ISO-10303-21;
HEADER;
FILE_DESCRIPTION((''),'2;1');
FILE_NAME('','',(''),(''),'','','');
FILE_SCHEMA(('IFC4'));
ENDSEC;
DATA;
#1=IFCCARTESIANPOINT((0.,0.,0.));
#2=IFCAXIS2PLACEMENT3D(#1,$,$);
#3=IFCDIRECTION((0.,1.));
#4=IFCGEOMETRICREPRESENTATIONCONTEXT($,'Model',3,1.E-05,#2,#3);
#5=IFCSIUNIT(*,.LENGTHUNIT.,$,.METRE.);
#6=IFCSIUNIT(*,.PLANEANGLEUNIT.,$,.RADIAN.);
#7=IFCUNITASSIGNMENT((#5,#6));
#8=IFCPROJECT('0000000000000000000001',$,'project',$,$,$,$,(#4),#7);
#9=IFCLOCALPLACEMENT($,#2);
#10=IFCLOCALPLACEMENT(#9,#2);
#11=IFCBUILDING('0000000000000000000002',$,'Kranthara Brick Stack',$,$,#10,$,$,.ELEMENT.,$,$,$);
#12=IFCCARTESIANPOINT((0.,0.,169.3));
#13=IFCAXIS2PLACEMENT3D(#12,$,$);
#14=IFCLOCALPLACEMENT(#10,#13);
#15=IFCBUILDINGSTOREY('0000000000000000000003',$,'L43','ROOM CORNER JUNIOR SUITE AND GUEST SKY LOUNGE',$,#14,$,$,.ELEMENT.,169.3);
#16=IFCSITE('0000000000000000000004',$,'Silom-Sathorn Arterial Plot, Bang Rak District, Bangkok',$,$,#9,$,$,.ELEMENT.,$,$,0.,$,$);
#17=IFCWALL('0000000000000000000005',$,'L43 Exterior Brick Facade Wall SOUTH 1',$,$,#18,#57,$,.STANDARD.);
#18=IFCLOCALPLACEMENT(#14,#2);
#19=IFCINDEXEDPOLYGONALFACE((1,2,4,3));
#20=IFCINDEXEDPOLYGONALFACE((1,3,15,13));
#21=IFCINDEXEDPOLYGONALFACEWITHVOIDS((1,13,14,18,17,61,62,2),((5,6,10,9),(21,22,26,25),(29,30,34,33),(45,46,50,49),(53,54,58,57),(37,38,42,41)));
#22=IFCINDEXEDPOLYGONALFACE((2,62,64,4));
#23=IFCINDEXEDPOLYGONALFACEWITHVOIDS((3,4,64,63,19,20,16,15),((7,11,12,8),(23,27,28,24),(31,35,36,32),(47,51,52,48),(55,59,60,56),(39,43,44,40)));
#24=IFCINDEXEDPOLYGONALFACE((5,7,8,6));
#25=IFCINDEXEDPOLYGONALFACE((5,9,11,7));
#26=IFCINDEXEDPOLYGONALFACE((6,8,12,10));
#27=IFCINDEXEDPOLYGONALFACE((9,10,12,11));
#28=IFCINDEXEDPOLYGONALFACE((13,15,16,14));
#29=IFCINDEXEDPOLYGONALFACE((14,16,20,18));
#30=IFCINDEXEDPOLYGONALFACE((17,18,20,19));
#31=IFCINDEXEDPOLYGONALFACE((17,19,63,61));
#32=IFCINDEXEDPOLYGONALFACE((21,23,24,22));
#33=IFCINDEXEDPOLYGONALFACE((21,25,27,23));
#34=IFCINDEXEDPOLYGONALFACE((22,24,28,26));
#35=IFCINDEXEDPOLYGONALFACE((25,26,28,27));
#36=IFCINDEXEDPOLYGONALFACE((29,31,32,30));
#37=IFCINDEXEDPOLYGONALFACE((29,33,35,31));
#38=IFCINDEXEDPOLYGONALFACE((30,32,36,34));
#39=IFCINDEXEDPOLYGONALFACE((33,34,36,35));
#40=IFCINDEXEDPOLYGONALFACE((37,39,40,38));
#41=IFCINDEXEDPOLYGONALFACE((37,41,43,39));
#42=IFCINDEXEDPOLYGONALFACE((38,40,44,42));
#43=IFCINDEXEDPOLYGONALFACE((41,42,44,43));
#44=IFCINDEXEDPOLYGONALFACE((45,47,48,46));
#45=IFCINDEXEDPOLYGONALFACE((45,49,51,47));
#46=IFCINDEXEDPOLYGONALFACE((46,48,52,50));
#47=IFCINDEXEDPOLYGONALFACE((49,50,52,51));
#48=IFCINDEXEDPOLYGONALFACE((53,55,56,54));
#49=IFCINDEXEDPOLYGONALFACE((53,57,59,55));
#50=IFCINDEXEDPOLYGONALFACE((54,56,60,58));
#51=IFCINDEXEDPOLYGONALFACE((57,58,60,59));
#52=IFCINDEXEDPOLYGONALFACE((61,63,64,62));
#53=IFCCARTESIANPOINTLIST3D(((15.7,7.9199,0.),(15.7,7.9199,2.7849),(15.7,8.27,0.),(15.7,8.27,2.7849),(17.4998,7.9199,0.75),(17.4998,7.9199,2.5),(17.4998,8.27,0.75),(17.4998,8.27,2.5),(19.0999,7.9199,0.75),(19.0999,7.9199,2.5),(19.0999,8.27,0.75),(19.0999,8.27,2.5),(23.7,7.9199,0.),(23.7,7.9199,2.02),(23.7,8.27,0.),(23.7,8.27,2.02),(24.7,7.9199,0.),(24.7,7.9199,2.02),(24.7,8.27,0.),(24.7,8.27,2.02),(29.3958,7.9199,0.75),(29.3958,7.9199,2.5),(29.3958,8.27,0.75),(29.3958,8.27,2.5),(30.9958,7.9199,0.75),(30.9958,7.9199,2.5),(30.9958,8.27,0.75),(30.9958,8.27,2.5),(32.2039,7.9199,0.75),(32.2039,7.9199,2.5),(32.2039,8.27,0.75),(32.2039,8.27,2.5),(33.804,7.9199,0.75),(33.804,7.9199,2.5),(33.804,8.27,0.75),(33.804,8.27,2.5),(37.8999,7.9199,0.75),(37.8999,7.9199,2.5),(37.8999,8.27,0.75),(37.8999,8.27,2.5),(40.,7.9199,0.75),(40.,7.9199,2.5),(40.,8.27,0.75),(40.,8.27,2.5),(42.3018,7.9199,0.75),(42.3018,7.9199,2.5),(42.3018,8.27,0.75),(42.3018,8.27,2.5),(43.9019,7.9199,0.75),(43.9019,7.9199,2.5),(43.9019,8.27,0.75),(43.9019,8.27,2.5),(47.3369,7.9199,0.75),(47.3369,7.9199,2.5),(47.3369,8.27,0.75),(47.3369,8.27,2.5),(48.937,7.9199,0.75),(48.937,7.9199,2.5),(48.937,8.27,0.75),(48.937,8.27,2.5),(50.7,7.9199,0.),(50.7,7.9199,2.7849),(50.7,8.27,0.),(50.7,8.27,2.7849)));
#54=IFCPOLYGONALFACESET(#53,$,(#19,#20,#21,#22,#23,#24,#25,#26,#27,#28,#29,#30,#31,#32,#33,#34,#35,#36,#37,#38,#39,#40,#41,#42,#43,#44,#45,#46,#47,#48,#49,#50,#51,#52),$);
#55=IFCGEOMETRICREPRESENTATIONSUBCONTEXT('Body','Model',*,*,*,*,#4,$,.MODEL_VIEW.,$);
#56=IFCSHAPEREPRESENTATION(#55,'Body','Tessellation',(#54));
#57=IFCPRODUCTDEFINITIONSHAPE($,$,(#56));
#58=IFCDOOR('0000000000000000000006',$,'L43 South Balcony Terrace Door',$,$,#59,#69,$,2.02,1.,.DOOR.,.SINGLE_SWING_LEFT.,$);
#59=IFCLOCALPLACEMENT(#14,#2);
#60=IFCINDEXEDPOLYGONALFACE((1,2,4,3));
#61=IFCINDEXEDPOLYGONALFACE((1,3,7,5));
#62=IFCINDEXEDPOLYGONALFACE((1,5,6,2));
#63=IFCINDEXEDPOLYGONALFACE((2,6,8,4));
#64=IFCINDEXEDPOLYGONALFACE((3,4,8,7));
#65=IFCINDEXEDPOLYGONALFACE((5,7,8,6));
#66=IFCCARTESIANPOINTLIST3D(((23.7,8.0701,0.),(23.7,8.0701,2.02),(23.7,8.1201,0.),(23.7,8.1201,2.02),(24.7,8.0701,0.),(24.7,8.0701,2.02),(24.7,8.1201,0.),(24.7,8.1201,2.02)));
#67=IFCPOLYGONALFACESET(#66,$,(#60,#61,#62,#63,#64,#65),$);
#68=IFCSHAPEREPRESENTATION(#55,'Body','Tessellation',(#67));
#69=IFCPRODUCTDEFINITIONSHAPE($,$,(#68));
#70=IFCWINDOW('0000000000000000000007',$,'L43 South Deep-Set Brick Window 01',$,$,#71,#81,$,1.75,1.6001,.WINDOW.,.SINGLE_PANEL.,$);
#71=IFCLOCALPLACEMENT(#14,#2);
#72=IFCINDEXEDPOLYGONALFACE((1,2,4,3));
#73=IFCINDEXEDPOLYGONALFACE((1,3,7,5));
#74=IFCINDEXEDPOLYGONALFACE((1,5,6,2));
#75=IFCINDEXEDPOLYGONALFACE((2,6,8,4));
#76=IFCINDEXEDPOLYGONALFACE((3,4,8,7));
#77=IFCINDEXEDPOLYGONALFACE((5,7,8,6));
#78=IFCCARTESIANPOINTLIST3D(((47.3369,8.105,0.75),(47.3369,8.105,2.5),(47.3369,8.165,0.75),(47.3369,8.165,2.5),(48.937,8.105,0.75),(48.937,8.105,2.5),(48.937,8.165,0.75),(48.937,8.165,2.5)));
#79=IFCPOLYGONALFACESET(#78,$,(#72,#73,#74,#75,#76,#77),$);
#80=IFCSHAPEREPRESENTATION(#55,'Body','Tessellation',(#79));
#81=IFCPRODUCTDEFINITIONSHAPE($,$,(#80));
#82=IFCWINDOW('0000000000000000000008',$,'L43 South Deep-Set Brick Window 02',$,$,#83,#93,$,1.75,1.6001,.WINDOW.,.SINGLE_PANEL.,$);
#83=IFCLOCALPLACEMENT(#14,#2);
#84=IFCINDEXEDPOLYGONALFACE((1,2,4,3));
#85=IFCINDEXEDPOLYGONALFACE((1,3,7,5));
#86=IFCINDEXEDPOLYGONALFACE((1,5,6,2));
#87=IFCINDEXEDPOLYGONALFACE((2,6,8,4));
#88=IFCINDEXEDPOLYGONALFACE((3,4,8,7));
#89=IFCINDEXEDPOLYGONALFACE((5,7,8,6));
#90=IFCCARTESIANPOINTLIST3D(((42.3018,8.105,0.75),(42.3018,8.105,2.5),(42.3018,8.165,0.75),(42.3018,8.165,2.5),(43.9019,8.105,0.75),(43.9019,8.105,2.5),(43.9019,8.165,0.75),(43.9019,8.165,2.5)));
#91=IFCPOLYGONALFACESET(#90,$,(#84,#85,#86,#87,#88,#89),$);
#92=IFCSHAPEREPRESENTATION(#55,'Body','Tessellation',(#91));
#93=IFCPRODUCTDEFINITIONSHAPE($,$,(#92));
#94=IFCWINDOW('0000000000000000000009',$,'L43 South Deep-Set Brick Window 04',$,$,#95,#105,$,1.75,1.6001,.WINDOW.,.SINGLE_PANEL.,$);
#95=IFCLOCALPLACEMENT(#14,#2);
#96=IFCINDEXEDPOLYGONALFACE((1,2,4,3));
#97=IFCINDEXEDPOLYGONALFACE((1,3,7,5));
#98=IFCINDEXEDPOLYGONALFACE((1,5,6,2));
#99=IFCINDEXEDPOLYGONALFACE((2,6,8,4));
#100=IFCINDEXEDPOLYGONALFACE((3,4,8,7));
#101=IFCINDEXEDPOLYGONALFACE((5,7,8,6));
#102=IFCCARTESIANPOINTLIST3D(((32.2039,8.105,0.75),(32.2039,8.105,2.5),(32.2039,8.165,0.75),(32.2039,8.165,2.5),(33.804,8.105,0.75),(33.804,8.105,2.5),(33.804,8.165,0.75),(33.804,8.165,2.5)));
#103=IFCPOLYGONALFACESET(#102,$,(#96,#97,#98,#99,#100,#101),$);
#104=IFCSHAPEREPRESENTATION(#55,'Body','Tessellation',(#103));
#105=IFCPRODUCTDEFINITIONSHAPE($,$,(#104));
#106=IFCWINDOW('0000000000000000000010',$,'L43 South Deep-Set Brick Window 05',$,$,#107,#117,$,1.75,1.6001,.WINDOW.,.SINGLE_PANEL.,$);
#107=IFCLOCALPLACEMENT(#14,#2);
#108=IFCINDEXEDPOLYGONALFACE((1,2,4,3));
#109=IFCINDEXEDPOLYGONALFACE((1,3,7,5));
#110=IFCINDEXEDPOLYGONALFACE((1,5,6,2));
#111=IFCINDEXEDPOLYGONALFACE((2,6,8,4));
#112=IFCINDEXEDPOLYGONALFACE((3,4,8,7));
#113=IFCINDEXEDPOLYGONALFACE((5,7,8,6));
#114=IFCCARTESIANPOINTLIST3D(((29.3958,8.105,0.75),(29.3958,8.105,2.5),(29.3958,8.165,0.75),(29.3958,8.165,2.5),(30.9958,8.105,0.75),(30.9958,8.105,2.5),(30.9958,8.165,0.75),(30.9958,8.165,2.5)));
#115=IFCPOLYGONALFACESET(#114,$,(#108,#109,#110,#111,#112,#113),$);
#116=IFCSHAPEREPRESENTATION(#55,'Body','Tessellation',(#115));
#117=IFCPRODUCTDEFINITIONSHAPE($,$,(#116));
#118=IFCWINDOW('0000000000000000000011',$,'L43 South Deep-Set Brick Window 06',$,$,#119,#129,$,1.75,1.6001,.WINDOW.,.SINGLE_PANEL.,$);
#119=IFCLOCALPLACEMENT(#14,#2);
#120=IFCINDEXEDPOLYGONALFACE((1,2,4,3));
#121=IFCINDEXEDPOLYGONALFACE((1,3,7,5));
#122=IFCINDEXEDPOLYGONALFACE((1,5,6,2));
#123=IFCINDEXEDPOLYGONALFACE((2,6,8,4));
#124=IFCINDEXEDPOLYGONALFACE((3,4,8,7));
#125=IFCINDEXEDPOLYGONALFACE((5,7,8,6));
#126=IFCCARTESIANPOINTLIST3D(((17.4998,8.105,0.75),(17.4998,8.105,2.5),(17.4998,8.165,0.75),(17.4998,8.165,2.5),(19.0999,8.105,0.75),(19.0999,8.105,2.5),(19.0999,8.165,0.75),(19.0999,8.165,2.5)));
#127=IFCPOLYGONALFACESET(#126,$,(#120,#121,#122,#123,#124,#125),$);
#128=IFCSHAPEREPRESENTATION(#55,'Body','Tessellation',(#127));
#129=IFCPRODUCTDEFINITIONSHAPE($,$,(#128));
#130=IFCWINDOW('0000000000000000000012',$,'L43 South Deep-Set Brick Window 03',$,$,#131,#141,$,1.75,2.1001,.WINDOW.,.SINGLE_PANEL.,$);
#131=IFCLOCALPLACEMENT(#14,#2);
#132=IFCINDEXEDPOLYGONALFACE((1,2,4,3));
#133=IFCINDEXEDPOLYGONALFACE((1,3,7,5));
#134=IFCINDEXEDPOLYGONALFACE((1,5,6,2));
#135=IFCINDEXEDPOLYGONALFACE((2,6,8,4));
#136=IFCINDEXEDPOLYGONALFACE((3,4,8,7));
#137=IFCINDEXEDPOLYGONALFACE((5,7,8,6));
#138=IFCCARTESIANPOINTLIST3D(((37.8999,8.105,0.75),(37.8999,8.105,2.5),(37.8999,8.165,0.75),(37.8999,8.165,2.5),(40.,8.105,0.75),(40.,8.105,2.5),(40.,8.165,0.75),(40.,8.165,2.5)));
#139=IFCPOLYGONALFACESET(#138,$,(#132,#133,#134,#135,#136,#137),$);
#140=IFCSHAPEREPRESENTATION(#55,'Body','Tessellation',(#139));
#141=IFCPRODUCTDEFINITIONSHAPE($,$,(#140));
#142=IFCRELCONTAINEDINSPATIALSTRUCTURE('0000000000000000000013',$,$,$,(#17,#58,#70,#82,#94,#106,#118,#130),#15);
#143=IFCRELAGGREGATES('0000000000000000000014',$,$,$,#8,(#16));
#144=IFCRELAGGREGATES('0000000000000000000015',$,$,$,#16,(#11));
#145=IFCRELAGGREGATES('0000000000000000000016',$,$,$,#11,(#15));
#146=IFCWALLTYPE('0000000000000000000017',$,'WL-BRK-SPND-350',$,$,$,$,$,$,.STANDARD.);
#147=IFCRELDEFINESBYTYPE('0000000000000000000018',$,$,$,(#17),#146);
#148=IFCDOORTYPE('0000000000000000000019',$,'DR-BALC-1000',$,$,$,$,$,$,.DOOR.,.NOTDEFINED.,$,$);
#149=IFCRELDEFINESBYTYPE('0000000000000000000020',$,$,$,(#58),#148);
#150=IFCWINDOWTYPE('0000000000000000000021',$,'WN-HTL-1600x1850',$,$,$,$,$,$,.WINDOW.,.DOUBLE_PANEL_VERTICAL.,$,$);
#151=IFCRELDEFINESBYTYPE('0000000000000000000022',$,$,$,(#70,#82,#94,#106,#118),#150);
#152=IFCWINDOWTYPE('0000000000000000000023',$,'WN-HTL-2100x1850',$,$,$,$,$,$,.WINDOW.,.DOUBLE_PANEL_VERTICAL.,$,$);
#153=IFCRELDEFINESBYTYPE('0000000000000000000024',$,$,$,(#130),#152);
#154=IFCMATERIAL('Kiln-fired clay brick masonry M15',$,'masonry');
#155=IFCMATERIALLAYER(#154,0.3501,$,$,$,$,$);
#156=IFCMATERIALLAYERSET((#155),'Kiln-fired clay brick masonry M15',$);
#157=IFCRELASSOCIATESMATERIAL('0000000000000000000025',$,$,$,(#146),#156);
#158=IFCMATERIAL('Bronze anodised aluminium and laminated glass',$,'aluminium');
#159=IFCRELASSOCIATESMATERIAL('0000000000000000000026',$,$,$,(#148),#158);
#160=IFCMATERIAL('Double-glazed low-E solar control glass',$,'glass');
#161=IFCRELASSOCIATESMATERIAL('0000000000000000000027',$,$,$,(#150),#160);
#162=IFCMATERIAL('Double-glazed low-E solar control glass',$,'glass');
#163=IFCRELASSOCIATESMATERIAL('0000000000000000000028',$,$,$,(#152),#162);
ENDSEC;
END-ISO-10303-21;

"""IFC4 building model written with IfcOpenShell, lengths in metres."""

from ifc_helpers import new_model, si_unit, direction, frame, frame_2d, origin, place, context, subcontext, project, spatial, rectangle, extrude, material, layer, layer_set, type_object, element, fill, save


model = new_model("IFC4")

# Units and contexts
model_context = context("Model", 3, precision=1e-05, world=origin(), true_north=direction((0.0, 1.0)))
body_context = subcontext(model_context, "Body", "Model", "MODEL_VIEW")
ifc_project = project(units=[si_unit("LENGTHUNIT", "METRE"), si_unit("PLANEANGLEUNIT", "RADIAN")], contexts=[model_context])

# Site, building, storey
site_placement = place(None, origin())
site = spatial("IfcSite", under=ifc_project, at=site_placement, Name="Silom-Sathorn Arterial Plot, Bang Rak District, Bangkok", CompositionType="ELEMENT", RefElevation=0.0)
building_placement = place(site_placement, origin())
building = spatial("IfcBuilding", under=site, at=building_placement, Name="Kranthara Brick Stack", CompositionType="ELEMENT")
storey_placement = place(building_placement, frame((0.0, 0.0, 169.3)))
storey = spatial("IfcBuildingStorey", under=building, at=storey_placement, Name="L43", Description="ROOM CORNER JUNIOR SUITE AND GUEST SKY LOUNGE", CompositionType="ELEMENT", Elevation=169.3)

# Wall, openings, door, windows
ifc_material_1 = material(Name="Kiln-fired clay brick masonry M15", Category="masonry")
ifc_layer_1 = layer(ifc_material_1, 0.3501)
ifc_layer_set_1 = layer_set([ifc_layer_1], Name="Kiln-fired clay brick masonry M15")
wall_type_1 = type_object("IfcWallType", Name="WL-BRK-SPND-350", PredefinedType="STANDARD", material=ifc_layer_set_1)
wall_1_placement = place(storey_placement, frame((50.7, 8.095, 0.0), z_axis=(0.0, 0.0, 1.0), x_axis=(-1.0, 0.0, 0.0)))
wall_1 = element("IfcWall", 1, at=wall_1_placement, inside=storey, type_object=wall_type_1, Name="L43 Exterior Brick Facade Wall SOUTH 1", PredefinedType="STANDARD", context=body_context, shape_type="SweptSolid", body=[
    extrude(rectangle(XDim=35.0, YDim=0.3501, at=frame_2d((17.5, 0.0))), origin(), (0.0, 0.0, 1.0), 2.7849),
])
opening_1_placement = place(wall_1_placement, frame((26.0, 0.0, 0.0)))
opening_1 = element("IfcOpeningElement", 2, at=opening_1_placement, cuts=wall_1, PredefinedType="OPENING", context=body_context, shape_type="SweptSolid", body=[
    extrude(rectangle(XDim=1.0, YDim=2.02, at=frame_2d((0.5, 1.01))), frame((0.0, 0.1851, 0.0), z_axis=(0.0, -1.0, 0.0), x_axis=(1.0, 0.0, 0.0)), (0.0, 0.0, 1.0), 0.3701),
])
opening_2_placement = place(wall_1_placement, frame((1.7629, 0.0, 0.75)))
opening_2 = element("IfcOpeningElement", 3, at=opening_2_placement, cuts=wall_1, PredefinedType="OPENING", context=body_context, shape_type="SweptSolid", body=[
    extrude(rectangle(XDim=1.6001, YDim=1.75, at=frame_2d((0.8, 0.875))), frame((0.0, 0.1851, 0.0), z_axis=(0.0, -1.0, 0.0), x_axis=(1.0, 0.0, 0.0)), (0.0, 0.0, 1.0), 0.3701),
])
opening_3_placement = place(wall_1_placement, frame((6.7981, 0.0, 0.75)))
opening_3 = element("IfcOpeningElement", 4, at=opening_3_placement, cuts=wall_1, PredefinedType="OPENING", context=body_context, shape_type="SweptSolid", body=[
    extrude(rectangle(XDim=1.6001, YDim=1.75, at=frame_2d((0.8, 0.875))), frame((0.0, 0.1851, 0.0), z_axis=(0.0, -1.0, 0.0), x_axis=(1.0, 0.0, 0.0)), (0.0, 0.0, 1.0), 0.3701),
])
opening_4_placement = place(wall_1_placement, frame((10.7, 0.0, 0.75)))
opening_4 = element("IfcOpeningElement", 5, at=opening_4_placement, cuts=wall_1, PredefinedType="OPENING", context=body_context, shape_type="SweptSolid", body=[
    extrude(rectangle(XDim=2.1001, YDim=1.75, at=frame_2d((1.05, 0.875))), frame((0.0, 0.1851, 0.0), z_axis=(0.0, -1.0, 0.0), x_axis=(1.0, 0.0, 0.0)), (0.0, 0.0, 1.0), 0.3701),
])
opening_5_placement = place(wall_1_placement, frame((16.896, 0.0, 0.75)))
opening_5 = element("IfcOpeningElement", 6, at=opening_5_placement, cuts=wall_1, PredefinedType="OPENING", context=body_context, shape_type="SweptSolid", body=[
    extrude(rectangle(XDim=1.6001, YDim=1.75, at=frame_2d((0.8, 0.875))), frame((0.0, 0.1851, 0.0), z_axis=(0.0, -1.0, 0.0), x_axis=(1.0, 0.0, 0.0)), (0.0, 0.0, 1.0), 0.3701),
])
opening_6_placement = place(wall_1_placement, frame((19.7041, 0.0, 0.75)))
opening_6 = element("IfcOpeningElement", 7, at=opening_6_placement, cuts=wall_1, PredefinedType="OPENING", context=body_context, shape_type="SweptSolid", body=[
    extrude(rectangle(XDim=1.6001, YDim=1.75, at=frame_2d((0.8, 0.875))), frame((0.0, 0.1851, 0.0), z_axis=(0.0, -1.0, 0.0), x_axis=(1.0, 0.0, 0.0)), (0.0, 0.0, 1.0), 0.3701),
])
opening_7_placement = place(wall_1_placement, frame((31.6001, 0.0, 0.75)))
opening_7 = element("IfcOpeningElement", 8, at=opening_7_placement, cuts=wall_1, PredefinedType="OPENING", context=body_context, shape_type="SweptSolid", body=[
    extrude(rectangle(XDim=1.6001, YDim=1.75, at=frame_2d((0.8, 0.875))), frame((0.0, 0.1851, 0.0), z_axis=(0.0, -1.0, 0.0), x_axis=(1.0, 0.0, 0.0)), (0.0, 0.0, 1.0), 0.3701),
])
ifc_material_2 = material(Name="Bronze anodised aluminium and laminated glass", Category="aluminium")
door_type_1 = type_object("IfcDoorType", Name="DR-BALC-1000", OperationType="NOTDEFINED", PredefinedType="DOOR", material=ifc_material_2)
door_1_placement = place(opening_1_placement, origin())
door_1 = element("IfcDoor", 9, at=door_1_placement, inside=storey, type_object=door_type_1, Name="L43 South Balcony Terrace Door", OperationType="SINGLE_SWING_LEFT", OverallHeight=2.02, OverallWidth=1.0, PredefinedType="DOOR", context=body_context, shape_type="SweptSolid", body=[
    extrude(rectangle(XDim=1.0, YDim=2.02, at=frame_2d((0.5, 1.01))), frame((0.0, 0.0249, 0.0), z_axis=(0.0, -1.0, 0.0), x_axis=(1.0, 0.0, 0.0)), (0.0, 0.0, 1.0), 0.05),
])
fill(opening_1, door_1)
ifc_material_3 = material(Name="Double-glazed low-E solar control glass", Category="glass")
window_type_1 = type_object("IfcWindowType", Name="WN-HTL-1600x1850", PartitioningType="DOUBLE_PANEL_VERTICAL", PredefinedType="WINDOW", material=ifc_material_3)
window_1_placement = place(opening_2_placement, origin())
window_1 = element("IfcWindow", 10, at=window_1_placement, inside=storey, type_object=window_type_1, Name="L43 South Deep-Set Brick Window 01", OverallHeight=1.75, OverallWidth=1.6001, PartitioningType="SINGLE_PANEL", PredefinedType="WINDOW", context=body_context, shape_type="SweptSolid", body=[
    extrude(rectangle(XDim=1.6001, YDim=1.75, at=frame_2d((0.8, 0.875))), frame((0.0, -0.01, 0.0), z_axis=(0.0, -1.0, 0.0), x_axis=(1.0, 0.0, 0.0)), (0.0, 0.0, 1.0), 0.0601),
])
fill(opening_2, window_1)
window_2_placement = place(opening_3_placement, origin())
window_2 = element("IfcWindow", 11, at=window_2_placement, inside=storey, type_object=window_type_1, Name="L43 South Deep-Set Brick Window 02", OverallHeight=1.75, OverallWidth=1.6001, PartitioningType="SINGLE_PANEL", PredefinedType="WINDOW", context=body_context, shape_type="SweptSolid", body=[
    extrude(rectangle(XDim=1.6001, YDim=1.75, at=frame_2d((0.8, 0.875))), frame((0.0, -0.01, 0.0), z_axis=(0.0, -1.0, 0.0), x_axis=(1.0, 0.0, 0.0)), (0.0, 0.0, 1.0), 0.0601),
])
fill(opening_3, window_2)
window_3_placement = place(opening_5_placement, origin())
window_3 = element("IfcWindow", 12, at=window_3_placement, inside=storey, type_object=window_type_1, Name="L43 South Deep-Set Brick Window 04", OverallHeight=1.75, OverallWidth=1.6001, PartitioningType="SINGLE_PANEL", PredefinedType="WINDOW", context=body_context, shape_type="SweptSolid", body=[
    extrude(rectangle(XDim=1.6001, YDim=1.75, at=frame_2d((0.8, 0.875))), frame((0.0, -0.01, 0.0), z_axis=(0.0, -1.0, 0.0), x_axis=(1.0, 0.0, 0.0)), (0.0, 0.0, 1.0), 0.0601),
])
fill(opening_5, window_3)
window_4_placement = place(opening_6_placement, origin())
window_4 = element("IfcWindow", 13, at=window_4_placement, inside=storey, type_object=window_type_1, Name="L43 South Deep-Set Brick Window 05", OverallHeight=1.75, OverallWidth=1.6001, PartitioningType="SINGLE_PANEL", PredefinedType="WINDOW", context=body_context, shape_type="SweptSolid", body=[
    extrude(rectangle(XDim=1.6001, YDim=1.75, at=frame_2d((0.8, 0.875))), frame((0.0, -0.01, 0.0), z_axis=(0.0, -1.0, 0.0), x_axis=(1.0, 0.0, 0.0)), (0.0, 0.0, 1.0), 0.0601),
])
fill(opening_6, window_4)
window_5_placement = place(opening_7_placement, origin())
window_5 = element("IfcWindow", 14, at=window_5_placement, inside=storey, type_object=window_type_1, Name="L43 South Deep-Set Brick Window 06", OverallHeight=1.75, OverallWidth=1.6001, PartitioningType="SINGLE_PANEL", PredefinedType="WINDOW", context=body_context, shape_type="SweptSolid", body=[
    extrude(rectangle(XDim=1.6001, YDim=1.75, at=frame_2d((0.8, 0.875))), frame((0.0, -0.01, 0.0), z_axis=(0.0, -1.0, 0.0), x_axis=(1.0, 0.0, 0.0)), (0.0, 0.0, 1.0), 0.0601),
])
fill(opening_7, window_5)
ifc_material_4 = material(Name="Double-glazed low-E solar control glass", Category="glass")
window_type_2 = type_object("IfcWindowType", Name="WN-HTL-2100x1850", PartitioningType="DOUBLE_PANEL_VERTICAL", PredefinedType="WINDOW", material=ifc_material_4)
window_6_placement = place(opening_4_placement, origin())
window_6 = element("IfcWindow", 15, at=window_6_placement, inside=storey, type_object=window_type_2, Name="L43 South Deep-Set Brick Window 03", OverallHeight=1.75, OverallWidth=2.1001, PartitioningType="SINGLE_PANEL", PredefinedType="WINDOW", context=body_context, shape_type="SweptSolid", body=[
    extrude(rectangle(XDim=2.1001, YDim=1.75, at=frame_2d((1.05, 0.875))), frame((0.0, -0.01, 0.0), z_axis=(0.0, -1.0, 0.0), x_axis=(1.0, 0.0, 0.0)), (0.0, 0.0, 1.0), 0.0601),
])
fill(opening_4, window_6)

save(model, "model.ifc")
